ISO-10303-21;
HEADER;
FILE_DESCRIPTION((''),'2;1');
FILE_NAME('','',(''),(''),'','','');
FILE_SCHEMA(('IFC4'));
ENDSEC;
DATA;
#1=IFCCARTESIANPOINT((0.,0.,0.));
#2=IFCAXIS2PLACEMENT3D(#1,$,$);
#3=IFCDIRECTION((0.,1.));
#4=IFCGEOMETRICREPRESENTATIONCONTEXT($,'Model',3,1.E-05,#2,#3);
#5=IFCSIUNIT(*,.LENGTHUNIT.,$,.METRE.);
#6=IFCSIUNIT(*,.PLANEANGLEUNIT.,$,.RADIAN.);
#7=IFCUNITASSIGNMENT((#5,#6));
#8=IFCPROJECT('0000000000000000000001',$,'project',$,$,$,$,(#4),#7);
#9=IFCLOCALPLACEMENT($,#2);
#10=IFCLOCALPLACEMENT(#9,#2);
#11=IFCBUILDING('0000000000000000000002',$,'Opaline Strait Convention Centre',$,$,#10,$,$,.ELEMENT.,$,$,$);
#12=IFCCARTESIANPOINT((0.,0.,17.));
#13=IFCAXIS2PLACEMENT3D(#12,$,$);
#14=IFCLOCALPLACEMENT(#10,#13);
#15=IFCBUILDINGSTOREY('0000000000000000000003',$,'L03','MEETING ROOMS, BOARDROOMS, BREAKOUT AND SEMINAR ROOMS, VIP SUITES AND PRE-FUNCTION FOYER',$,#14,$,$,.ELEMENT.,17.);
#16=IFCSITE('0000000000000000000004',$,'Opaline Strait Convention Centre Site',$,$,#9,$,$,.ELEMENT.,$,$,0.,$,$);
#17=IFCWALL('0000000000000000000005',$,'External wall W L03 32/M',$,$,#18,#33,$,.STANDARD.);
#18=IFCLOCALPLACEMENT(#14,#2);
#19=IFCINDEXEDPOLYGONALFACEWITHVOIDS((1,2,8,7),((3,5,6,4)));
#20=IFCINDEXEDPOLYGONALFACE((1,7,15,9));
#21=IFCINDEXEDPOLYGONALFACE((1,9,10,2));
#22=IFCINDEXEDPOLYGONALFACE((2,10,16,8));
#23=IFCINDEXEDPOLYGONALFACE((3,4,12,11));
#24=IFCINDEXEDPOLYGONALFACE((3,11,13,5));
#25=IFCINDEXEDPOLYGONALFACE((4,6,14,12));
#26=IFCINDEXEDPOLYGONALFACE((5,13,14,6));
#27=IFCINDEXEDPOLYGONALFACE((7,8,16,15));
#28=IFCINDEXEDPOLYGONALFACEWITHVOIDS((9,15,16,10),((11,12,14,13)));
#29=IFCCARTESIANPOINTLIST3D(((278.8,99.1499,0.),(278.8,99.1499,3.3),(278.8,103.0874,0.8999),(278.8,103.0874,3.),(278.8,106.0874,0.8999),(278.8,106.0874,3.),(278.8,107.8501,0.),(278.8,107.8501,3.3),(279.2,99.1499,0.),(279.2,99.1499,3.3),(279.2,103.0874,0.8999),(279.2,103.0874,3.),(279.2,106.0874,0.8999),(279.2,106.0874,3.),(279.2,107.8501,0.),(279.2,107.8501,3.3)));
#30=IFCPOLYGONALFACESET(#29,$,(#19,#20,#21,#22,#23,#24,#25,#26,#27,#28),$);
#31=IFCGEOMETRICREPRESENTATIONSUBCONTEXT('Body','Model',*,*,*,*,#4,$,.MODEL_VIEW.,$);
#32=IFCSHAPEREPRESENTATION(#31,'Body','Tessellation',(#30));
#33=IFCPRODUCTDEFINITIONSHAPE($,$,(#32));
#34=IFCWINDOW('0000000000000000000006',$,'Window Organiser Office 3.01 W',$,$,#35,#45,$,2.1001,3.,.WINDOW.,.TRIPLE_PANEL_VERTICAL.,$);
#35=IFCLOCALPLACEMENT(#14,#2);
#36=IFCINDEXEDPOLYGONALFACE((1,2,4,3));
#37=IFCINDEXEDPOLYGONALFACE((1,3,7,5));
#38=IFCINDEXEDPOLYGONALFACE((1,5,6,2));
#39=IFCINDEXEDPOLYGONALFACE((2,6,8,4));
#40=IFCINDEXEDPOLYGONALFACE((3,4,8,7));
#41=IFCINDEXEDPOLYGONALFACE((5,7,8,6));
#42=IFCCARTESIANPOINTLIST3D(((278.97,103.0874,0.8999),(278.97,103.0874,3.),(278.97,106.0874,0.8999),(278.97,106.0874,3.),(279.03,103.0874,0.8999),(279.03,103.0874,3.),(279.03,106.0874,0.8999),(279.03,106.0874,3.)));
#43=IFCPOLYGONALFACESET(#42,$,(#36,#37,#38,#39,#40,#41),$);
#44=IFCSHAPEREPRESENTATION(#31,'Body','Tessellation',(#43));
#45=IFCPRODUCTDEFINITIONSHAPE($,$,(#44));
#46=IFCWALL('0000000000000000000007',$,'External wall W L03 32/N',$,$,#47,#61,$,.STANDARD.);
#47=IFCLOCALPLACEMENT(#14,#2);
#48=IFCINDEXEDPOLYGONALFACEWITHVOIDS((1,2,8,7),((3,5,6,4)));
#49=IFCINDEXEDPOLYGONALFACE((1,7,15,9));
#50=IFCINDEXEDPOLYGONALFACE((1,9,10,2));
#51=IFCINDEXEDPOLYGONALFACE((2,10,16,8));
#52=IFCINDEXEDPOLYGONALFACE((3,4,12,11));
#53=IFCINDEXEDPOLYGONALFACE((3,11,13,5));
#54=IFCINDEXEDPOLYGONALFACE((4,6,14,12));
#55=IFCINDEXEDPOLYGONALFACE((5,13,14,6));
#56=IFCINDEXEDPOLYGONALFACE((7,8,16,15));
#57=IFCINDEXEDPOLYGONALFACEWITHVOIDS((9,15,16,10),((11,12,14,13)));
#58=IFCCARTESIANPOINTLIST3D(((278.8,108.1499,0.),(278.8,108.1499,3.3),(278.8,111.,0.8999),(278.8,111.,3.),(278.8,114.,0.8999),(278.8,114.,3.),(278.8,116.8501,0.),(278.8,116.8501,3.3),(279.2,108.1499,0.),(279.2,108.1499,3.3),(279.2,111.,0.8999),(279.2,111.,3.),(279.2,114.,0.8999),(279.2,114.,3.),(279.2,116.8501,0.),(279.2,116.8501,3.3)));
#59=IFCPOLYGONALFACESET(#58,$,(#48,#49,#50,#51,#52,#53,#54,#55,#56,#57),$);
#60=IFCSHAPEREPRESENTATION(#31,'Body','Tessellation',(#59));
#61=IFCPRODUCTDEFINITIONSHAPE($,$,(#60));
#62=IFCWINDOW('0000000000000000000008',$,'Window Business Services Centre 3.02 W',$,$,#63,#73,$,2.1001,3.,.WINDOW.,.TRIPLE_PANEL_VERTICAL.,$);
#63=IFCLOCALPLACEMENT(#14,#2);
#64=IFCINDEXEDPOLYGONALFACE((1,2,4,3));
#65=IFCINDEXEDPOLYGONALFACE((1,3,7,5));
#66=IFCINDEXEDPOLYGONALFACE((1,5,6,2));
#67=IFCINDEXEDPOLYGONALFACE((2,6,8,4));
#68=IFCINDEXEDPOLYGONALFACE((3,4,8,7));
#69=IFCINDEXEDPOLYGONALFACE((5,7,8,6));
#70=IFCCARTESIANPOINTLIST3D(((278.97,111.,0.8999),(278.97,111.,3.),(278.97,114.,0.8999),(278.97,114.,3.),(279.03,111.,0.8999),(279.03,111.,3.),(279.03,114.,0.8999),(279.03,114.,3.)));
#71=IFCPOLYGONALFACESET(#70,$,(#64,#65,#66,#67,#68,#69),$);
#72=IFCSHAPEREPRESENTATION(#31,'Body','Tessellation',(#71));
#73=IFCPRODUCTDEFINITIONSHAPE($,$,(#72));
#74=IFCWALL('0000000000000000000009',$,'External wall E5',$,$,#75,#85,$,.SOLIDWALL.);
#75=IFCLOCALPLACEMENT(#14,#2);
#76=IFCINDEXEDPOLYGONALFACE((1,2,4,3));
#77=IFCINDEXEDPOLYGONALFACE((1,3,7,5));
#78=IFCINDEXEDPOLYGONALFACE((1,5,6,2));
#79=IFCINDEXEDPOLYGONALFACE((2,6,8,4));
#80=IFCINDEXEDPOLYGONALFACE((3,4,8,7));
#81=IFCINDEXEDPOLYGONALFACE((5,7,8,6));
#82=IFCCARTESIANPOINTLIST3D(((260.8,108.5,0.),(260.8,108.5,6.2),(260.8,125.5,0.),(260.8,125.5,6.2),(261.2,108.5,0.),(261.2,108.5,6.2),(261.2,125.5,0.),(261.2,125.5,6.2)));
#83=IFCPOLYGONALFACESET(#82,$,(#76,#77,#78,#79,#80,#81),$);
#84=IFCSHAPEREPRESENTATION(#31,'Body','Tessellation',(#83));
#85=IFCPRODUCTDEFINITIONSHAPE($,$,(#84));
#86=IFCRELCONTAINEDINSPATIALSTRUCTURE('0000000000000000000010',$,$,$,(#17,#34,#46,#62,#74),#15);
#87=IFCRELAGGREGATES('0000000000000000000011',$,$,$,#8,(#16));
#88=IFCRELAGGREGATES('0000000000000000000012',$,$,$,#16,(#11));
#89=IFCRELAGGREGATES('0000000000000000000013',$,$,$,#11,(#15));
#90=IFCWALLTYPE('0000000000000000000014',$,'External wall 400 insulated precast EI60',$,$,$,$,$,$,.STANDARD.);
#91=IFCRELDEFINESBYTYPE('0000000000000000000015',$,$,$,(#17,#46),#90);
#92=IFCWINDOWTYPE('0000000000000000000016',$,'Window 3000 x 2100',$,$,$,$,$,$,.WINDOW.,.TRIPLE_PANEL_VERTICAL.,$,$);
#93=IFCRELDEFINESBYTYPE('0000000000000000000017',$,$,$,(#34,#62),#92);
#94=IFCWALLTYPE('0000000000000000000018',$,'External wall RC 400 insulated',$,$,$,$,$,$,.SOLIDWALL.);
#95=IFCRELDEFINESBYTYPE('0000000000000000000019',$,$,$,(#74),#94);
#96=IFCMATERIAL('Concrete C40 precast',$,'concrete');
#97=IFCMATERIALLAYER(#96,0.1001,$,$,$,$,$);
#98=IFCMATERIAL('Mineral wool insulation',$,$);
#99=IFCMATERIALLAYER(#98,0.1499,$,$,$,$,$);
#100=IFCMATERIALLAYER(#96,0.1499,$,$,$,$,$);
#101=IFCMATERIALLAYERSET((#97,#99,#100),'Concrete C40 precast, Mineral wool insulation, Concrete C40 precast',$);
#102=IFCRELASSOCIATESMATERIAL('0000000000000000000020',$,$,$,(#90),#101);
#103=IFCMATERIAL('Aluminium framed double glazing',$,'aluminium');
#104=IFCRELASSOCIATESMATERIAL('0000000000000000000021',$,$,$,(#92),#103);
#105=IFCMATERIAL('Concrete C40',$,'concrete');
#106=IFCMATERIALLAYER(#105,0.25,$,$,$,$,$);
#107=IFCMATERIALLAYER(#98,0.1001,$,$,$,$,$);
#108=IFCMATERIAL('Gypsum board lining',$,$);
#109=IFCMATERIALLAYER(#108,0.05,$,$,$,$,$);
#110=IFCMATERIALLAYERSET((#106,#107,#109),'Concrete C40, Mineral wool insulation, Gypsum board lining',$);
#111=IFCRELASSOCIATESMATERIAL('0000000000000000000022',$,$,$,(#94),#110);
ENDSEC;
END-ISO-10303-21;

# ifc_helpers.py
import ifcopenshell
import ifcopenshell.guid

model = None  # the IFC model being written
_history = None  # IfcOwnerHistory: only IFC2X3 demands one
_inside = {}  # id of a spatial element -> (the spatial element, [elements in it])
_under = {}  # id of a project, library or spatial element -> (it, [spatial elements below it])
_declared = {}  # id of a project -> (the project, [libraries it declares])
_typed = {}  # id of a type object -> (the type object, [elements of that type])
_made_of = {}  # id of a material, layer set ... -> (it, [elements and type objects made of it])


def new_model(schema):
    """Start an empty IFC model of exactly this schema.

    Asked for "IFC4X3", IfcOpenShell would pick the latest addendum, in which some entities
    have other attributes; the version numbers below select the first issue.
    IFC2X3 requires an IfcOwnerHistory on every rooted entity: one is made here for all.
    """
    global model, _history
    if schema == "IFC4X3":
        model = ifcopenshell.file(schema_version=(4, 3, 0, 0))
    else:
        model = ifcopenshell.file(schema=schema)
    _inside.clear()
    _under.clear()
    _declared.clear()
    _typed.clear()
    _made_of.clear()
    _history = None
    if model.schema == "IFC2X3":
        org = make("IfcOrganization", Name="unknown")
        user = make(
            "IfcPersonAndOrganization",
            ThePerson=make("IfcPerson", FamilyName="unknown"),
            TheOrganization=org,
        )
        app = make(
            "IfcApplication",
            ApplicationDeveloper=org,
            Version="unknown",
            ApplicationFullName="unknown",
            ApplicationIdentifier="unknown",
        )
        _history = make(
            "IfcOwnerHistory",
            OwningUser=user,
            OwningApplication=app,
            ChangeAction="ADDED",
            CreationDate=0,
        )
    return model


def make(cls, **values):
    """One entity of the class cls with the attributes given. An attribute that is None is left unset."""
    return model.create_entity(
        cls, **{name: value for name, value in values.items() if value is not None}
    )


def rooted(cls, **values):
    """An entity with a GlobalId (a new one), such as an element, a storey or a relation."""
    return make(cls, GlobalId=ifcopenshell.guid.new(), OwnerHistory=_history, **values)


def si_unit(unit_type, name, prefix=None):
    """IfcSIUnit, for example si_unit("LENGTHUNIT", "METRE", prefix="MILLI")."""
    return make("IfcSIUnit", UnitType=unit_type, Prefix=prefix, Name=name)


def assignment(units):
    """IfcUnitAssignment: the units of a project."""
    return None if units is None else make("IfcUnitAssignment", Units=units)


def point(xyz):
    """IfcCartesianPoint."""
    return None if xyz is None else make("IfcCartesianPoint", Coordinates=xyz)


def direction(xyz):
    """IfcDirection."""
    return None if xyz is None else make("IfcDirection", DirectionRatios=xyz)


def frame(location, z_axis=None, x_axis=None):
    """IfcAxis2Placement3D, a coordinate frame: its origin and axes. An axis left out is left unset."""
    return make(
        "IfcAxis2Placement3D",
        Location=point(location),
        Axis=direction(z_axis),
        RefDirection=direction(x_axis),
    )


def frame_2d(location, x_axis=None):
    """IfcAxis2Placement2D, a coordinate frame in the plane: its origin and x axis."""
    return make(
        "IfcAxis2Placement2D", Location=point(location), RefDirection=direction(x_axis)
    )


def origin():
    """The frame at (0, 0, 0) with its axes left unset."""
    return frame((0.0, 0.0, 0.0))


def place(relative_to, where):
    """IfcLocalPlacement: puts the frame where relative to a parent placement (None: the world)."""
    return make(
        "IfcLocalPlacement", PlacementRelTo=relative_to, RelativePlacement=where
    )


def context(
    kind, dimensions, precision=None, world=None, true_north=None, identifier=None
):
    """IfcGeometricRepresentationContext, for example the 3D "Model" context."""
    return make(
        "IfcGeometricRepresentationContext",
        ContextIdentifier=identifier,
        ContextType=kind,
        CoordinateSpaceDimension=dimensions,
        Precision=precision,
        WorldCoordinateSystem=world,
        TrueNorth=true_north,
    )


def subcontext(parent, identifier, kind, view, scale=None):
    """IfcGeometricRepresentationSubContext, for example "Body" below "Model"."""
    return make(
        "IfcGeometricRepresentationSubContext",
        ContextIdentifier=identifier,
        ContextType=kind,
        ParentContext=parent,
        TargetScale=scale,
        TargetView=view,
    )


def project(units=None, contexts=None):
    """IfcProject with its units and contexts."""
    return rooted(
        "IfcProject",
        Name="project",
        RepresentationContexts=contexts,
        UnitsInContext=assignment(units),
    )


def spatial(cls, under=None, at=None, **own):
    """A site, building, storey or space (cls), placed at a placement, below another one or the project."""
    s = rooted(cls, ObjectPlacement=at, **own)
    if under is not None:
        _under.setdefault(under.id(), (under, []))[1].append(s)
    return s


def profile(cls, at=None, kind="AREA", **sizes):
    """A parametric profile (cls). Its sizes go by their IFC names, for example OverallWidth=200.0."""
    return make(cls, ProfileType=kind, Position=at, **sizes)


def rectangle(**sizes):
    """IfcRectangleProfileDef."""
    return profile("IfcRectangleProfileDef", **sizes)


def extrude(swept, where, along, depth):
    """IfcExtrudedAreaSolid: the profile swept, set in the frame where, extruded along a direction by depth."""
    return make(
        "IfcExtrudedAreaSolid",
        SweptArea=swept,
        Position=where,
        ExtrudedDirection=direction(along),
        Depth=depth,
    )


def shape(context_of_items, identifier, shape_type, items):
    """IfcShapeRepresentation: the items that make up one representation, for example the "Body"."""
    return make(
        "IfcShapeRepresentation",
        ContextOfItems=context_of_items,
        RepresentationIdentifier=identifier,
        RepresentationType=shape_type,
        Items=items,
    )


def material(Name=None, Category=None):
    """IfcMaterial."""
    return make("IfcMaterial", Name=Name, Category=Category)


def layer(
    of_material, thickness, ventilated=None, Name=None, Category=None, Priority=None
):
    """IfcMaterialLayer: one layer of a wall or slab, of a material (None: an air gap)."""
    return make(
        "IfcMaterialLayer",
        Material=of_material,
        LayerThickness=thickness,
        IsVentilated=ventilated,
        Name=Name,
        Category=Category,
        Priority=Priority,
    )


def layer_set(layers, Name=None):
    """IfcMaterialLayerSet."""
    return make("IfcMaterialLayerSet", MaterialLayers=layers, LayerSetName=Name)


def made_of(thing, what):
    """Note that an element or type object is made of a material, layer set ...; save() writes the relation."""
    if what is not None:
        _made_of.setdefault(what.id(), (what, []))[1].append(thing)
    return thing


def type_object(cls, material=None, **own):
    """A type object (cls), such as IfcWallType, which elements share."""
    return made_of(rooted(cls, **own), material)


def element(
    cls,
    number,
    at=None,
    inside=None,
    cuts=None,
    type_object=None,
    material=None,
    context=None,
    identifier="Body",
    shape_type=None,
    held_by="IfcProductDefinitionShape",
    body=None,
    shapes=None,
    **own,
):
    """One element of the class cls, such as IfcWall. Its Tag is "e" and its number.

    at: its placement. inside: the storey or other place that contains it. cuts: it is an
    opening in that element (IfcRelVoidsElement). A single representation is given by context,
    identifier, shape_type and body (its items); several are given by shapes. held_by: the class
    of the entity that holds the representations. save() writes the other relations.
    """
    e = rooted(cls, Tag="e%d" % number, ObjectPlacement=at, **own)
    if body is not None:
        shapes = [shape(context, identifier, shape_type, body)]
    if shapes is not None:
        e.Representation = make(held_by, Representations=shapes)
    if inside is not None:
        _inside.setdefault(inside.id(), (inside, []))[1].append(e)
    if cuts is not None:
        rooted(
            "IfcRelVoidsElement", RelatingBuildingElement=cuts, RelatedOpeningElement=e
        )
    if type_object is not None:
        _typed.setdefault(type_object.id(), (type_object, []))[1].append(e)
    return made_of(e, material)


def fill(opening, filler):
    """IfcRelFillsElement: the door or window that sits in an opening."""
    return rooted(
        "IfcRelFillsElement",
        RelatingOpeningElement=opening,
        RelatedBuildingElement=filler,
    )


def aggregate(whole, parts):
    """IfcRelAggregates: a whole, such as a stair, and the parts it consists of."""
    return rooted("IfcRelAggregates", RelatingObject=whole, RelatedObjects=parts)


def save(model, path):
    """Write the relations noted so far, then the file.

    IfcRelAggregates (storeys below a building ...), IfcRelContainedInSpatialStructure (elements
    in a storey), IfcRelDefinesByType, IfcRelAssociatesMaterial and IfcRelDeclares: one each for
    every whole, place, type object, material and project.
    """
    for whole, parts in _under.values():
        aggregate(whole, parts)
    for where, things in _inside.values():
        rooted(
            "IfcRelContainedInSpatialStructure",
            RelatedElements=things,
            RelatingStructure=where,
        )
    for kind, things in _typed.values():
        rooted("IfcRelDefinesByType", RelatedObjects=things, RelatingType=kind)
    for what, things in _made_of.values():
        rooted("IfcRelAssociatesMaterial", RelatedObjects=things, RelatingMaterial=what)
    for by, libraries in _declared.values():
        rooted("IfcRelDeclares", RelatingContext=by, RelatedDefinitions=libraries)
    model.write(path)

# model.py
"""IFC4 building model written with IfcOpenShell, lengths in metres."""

from ifc_helpers import new_model, si_unit, direction, frame, frame_2d, origin, place, context, subcontext, project, spatial, rectangle, extrude, material, layer, layer_set, type_object, element, fill, save


model = new_model("IFC4")

# Units and contexts
model_context = context("Model", 3, precision=1e-05, world=origin(), true_north=direction((0.0, 1.0)))
body_context = subcontext(model_context, "Body", "Model", "MODEL_VIEW")
ifc_project = project(units=[si_unit("LENGTHUNIT", "METRE"), si_unit("PLANEANGLEUNIT", "RADIAN")], contexts=[model_context])

# Site, building, storey
site_placement = place(None, origin())
site = spatial("IfcSite", under=ifc_project, at=site_placement, Name="Opaline Strait Convention Centre Site", CompositionType="ELEMENT", RefElevation=0.0)
building_placement = place(site_placement, origin())
building = spatial("IfcBuilding", under=site, at=building_placement, Name="Opaline Strait Convention Centre", CompositionType="ELEMENT")
storey_placement = place(building_placement, frame((0.0, 0.0, 17.0)))
storey = spatial("IfcBuildingStorey", under=building, at=storey_placement, Name="L03", Description="MEETING ROOMS, BOARDROOMS, BREAKOUT AND SEMINAR ROOMS, VIP SUITES AND PRE-FUNCTION FOYER", CompositionType="ELEMENT", Elevation=17.0)

# Shared definitions
ifc_material_1 = material(Name="Aluminium framed double glazing", Category="aluminium")

# Walls, openings, windows
ifc_material_2 = material(Name="Concrete C40 precast", Category="concrete")
ifc_layer_1 = layer(ifc_material_2, 0.1001)
ifc_material_3 = material(Name="Mineral wool insulation")
ifc_layer_2 = layer(ifc_material_3, 0.1499)
ifc_layer_3 = layer(ifc_material_2, 0.1499)
ifc_layer_set_1 = layer_set([ifc_layer_1, ifc_layer_2, ifc_layer_3], Name="Concrete C40 precast, Mineral wool insulation, Concrete C40 precast")
wall_type_1 = type_object("IfcWallType", Name="External wall 400 insulated precast EI60", PredefinedType="STANDARD", material=ifc_layer_set_1)
wall_1_placement = place(storey_placement, frame((279.0, 99.1499, 0.0), z_axis=(0.0, 0.0, 1.0), x_axis=(0.0, 1.0, 0.0)))
wall_1 = element("IfcWall", 1, at=wall_1_placement, inside=storey, type_object=wall_type_1, Name="External wall W L03 32/M", PredefinedType="STANDARD", context=body_context, shape_type="SweptSolid", body=[
    extrude(rectangle(XDim=8.7002, YDim=0.3999, at=frame_2d((4.3501, 0.0))), origin(), (0.0, 0.0, 1.0), 3.3),
])
opening_1_placement = place(wall_1_placement, frame((3.9375, 0.0, 0.8999)))
opening_1 = element("IfcOpeningElement", 2, at=opening_1_placement, cuts=wall_1, PredefinedType="OPENING", context=body_context, shape_type="SweptSolid", body=[
    extrude(rectangle(XDim=3.0, YDim=2.1001, at=frame_2d((1.5, 1.05))), frame((0.0, 0.21, 0.0), z_axis=(0.0, -1.0, 0.0), x_axis=(1.0, 0.0, 0.0)), (0.0, 0.0, 1.0), 0.4199),
])
window_type = type_object("IfcWindowType", Name="Window 3000 x 2100", PartitioningType="TRIPLE_PANEL_VERTICAL", PredefinedType="WINDOW", material=ifc_material_1)
window_1_placement = place(opening_1_placement, origin())
window_1 = element("IfcWindow", 3, at=window_1_placement, inside=storey, type_object=window_type, Name="Window Organiser Office 3.01 W", OverallHeight=2.1001, OverallWidth=3.0, PartitioningType="TRIPLE_PANEL_VERTICAL", PredefinedType="WINDOW", context=body_context, shape_type="SweptSolid", body=[
    extrude(rectangle(XDim=3.0, YDim=2.1001, at=frame_2d((1.5, 1.05))), frame((0.0, 0.03, 0.0), z_axis=(0.0, -1.0, 0.0), x_axis=(1.0, 0.0, 0.0)), (0.0, 0.0, 1.0), 0.0601),
])
fill(opening_1, window_1)
wall_2_placement = place(storey_placement, frame((279.0, 108.1499, 0.0), z_axis=(0.0, 0.0, 1.0), x_axis=(0.0, 1.0, 0.0)))
wall_2 = element("IfcWall", 4, at=wall_2_placement, inside=storey, type_object=wall_type_1, Name="External wall W L03 32/N", PredefinedType="STANDARD", context=body_context, shape_type="SweptSolid", body=[
    extrude(rectangle(XDim=8.7002, YDim=0.3999, at=frame_2d((4.3501, 0.0))), origin(), (0.0, 0.0, 1.0), 3.3),
])
opening_2_placement = place(wall_2_placement, frame((2.8501, 0.0, 0.8999)))
opening_2 = element("IfcOpeningElement", 5, at=opening_2_placement, cuts=wall_2, PredefinedType="OPENING", context=body_context, shape_type="SweptSolid", body=[
    extrude(rectangle(XDim=3.0, YDim=2.1001, at=frame_2d((1.5, 1.05))), frame((0.0, 0.21, 0.0), z_axis=(0.0, -1.0, 0.0), x_axis=(1.0, 0.0, 0.0)), (0.0, 0.0, 1.0), 0.4199),
])
window_2_placement = place(opening_2_placement, origin())
window_2 = element("IfcWindow", 6, at=window_2_placement, inside=storey, type_object=window_type, Name="Window Business Services Centre 3.02 W", OverallHeight=2.1001, OverallWidth=3.0, PartitioningType="TRIPLE_PANEL_VERTICAL", PredefinedType="WINDOW", context=body_context, shape_type="SweptSolid", body=[
    extrude(rectangle(XDim=3.0, YDim=2.1001, at=frame_2d((1.5, 1.05))), frame((0.0, 0.03, 0.0), z_axis=(0.0, -1.0, 0.0), x_axis=(1.0, 0.0, 0.0)), (0.0, 0.0, 1.0), 0.0601),
])
fill(opening_2, window_2)

# Wall
ifc_material_4 = material(Name="Concrete C40", Category="concrete")
ifc_layer_4 = layer(ifc_material_4, 0.25)
ifc_layer_5 = layer(ifc_material_3, 0.1001)
ifc_material_5 = material(Name="Gypsum board lining")
ifc_layer_6 = layer(ifc_material_5, 0.05)
ifc_layer_set_2 = layer_set([ifc_layer_4, ifc_layer_5, ifc_layer_6], Name="Concrete C40, Mineral wool insulation, Gypsum board lining")
wall_type_2 = type_object("IfcWallType", Name="External wall RC 400 insulated", PredefinedType="SOLIDWALL", material=ifc_layer_set_2)
wall_3_placement = place(storey_placement, frame((261.0, 108.5, 0.0), z_axis=(0.0, 0.0, 1.0), x_axis=(0.0, 1.0, 0.0)))
element("IfcWall", 7, at=wall_3_placement, inside=storey, type_object=wall_type_2, Name="External wall E5", PredefinedType="SOLIDWALL", context=body_context, shape_type="SweptSolid", body=[
    extrude(rectangle(XDim=17.0, YDim=0.3999, at=frame_2d((8.5, 0.0))), origin(), (0.0, 0.0, 1.0), 6.2),
])

save(model, "model.ifc")
